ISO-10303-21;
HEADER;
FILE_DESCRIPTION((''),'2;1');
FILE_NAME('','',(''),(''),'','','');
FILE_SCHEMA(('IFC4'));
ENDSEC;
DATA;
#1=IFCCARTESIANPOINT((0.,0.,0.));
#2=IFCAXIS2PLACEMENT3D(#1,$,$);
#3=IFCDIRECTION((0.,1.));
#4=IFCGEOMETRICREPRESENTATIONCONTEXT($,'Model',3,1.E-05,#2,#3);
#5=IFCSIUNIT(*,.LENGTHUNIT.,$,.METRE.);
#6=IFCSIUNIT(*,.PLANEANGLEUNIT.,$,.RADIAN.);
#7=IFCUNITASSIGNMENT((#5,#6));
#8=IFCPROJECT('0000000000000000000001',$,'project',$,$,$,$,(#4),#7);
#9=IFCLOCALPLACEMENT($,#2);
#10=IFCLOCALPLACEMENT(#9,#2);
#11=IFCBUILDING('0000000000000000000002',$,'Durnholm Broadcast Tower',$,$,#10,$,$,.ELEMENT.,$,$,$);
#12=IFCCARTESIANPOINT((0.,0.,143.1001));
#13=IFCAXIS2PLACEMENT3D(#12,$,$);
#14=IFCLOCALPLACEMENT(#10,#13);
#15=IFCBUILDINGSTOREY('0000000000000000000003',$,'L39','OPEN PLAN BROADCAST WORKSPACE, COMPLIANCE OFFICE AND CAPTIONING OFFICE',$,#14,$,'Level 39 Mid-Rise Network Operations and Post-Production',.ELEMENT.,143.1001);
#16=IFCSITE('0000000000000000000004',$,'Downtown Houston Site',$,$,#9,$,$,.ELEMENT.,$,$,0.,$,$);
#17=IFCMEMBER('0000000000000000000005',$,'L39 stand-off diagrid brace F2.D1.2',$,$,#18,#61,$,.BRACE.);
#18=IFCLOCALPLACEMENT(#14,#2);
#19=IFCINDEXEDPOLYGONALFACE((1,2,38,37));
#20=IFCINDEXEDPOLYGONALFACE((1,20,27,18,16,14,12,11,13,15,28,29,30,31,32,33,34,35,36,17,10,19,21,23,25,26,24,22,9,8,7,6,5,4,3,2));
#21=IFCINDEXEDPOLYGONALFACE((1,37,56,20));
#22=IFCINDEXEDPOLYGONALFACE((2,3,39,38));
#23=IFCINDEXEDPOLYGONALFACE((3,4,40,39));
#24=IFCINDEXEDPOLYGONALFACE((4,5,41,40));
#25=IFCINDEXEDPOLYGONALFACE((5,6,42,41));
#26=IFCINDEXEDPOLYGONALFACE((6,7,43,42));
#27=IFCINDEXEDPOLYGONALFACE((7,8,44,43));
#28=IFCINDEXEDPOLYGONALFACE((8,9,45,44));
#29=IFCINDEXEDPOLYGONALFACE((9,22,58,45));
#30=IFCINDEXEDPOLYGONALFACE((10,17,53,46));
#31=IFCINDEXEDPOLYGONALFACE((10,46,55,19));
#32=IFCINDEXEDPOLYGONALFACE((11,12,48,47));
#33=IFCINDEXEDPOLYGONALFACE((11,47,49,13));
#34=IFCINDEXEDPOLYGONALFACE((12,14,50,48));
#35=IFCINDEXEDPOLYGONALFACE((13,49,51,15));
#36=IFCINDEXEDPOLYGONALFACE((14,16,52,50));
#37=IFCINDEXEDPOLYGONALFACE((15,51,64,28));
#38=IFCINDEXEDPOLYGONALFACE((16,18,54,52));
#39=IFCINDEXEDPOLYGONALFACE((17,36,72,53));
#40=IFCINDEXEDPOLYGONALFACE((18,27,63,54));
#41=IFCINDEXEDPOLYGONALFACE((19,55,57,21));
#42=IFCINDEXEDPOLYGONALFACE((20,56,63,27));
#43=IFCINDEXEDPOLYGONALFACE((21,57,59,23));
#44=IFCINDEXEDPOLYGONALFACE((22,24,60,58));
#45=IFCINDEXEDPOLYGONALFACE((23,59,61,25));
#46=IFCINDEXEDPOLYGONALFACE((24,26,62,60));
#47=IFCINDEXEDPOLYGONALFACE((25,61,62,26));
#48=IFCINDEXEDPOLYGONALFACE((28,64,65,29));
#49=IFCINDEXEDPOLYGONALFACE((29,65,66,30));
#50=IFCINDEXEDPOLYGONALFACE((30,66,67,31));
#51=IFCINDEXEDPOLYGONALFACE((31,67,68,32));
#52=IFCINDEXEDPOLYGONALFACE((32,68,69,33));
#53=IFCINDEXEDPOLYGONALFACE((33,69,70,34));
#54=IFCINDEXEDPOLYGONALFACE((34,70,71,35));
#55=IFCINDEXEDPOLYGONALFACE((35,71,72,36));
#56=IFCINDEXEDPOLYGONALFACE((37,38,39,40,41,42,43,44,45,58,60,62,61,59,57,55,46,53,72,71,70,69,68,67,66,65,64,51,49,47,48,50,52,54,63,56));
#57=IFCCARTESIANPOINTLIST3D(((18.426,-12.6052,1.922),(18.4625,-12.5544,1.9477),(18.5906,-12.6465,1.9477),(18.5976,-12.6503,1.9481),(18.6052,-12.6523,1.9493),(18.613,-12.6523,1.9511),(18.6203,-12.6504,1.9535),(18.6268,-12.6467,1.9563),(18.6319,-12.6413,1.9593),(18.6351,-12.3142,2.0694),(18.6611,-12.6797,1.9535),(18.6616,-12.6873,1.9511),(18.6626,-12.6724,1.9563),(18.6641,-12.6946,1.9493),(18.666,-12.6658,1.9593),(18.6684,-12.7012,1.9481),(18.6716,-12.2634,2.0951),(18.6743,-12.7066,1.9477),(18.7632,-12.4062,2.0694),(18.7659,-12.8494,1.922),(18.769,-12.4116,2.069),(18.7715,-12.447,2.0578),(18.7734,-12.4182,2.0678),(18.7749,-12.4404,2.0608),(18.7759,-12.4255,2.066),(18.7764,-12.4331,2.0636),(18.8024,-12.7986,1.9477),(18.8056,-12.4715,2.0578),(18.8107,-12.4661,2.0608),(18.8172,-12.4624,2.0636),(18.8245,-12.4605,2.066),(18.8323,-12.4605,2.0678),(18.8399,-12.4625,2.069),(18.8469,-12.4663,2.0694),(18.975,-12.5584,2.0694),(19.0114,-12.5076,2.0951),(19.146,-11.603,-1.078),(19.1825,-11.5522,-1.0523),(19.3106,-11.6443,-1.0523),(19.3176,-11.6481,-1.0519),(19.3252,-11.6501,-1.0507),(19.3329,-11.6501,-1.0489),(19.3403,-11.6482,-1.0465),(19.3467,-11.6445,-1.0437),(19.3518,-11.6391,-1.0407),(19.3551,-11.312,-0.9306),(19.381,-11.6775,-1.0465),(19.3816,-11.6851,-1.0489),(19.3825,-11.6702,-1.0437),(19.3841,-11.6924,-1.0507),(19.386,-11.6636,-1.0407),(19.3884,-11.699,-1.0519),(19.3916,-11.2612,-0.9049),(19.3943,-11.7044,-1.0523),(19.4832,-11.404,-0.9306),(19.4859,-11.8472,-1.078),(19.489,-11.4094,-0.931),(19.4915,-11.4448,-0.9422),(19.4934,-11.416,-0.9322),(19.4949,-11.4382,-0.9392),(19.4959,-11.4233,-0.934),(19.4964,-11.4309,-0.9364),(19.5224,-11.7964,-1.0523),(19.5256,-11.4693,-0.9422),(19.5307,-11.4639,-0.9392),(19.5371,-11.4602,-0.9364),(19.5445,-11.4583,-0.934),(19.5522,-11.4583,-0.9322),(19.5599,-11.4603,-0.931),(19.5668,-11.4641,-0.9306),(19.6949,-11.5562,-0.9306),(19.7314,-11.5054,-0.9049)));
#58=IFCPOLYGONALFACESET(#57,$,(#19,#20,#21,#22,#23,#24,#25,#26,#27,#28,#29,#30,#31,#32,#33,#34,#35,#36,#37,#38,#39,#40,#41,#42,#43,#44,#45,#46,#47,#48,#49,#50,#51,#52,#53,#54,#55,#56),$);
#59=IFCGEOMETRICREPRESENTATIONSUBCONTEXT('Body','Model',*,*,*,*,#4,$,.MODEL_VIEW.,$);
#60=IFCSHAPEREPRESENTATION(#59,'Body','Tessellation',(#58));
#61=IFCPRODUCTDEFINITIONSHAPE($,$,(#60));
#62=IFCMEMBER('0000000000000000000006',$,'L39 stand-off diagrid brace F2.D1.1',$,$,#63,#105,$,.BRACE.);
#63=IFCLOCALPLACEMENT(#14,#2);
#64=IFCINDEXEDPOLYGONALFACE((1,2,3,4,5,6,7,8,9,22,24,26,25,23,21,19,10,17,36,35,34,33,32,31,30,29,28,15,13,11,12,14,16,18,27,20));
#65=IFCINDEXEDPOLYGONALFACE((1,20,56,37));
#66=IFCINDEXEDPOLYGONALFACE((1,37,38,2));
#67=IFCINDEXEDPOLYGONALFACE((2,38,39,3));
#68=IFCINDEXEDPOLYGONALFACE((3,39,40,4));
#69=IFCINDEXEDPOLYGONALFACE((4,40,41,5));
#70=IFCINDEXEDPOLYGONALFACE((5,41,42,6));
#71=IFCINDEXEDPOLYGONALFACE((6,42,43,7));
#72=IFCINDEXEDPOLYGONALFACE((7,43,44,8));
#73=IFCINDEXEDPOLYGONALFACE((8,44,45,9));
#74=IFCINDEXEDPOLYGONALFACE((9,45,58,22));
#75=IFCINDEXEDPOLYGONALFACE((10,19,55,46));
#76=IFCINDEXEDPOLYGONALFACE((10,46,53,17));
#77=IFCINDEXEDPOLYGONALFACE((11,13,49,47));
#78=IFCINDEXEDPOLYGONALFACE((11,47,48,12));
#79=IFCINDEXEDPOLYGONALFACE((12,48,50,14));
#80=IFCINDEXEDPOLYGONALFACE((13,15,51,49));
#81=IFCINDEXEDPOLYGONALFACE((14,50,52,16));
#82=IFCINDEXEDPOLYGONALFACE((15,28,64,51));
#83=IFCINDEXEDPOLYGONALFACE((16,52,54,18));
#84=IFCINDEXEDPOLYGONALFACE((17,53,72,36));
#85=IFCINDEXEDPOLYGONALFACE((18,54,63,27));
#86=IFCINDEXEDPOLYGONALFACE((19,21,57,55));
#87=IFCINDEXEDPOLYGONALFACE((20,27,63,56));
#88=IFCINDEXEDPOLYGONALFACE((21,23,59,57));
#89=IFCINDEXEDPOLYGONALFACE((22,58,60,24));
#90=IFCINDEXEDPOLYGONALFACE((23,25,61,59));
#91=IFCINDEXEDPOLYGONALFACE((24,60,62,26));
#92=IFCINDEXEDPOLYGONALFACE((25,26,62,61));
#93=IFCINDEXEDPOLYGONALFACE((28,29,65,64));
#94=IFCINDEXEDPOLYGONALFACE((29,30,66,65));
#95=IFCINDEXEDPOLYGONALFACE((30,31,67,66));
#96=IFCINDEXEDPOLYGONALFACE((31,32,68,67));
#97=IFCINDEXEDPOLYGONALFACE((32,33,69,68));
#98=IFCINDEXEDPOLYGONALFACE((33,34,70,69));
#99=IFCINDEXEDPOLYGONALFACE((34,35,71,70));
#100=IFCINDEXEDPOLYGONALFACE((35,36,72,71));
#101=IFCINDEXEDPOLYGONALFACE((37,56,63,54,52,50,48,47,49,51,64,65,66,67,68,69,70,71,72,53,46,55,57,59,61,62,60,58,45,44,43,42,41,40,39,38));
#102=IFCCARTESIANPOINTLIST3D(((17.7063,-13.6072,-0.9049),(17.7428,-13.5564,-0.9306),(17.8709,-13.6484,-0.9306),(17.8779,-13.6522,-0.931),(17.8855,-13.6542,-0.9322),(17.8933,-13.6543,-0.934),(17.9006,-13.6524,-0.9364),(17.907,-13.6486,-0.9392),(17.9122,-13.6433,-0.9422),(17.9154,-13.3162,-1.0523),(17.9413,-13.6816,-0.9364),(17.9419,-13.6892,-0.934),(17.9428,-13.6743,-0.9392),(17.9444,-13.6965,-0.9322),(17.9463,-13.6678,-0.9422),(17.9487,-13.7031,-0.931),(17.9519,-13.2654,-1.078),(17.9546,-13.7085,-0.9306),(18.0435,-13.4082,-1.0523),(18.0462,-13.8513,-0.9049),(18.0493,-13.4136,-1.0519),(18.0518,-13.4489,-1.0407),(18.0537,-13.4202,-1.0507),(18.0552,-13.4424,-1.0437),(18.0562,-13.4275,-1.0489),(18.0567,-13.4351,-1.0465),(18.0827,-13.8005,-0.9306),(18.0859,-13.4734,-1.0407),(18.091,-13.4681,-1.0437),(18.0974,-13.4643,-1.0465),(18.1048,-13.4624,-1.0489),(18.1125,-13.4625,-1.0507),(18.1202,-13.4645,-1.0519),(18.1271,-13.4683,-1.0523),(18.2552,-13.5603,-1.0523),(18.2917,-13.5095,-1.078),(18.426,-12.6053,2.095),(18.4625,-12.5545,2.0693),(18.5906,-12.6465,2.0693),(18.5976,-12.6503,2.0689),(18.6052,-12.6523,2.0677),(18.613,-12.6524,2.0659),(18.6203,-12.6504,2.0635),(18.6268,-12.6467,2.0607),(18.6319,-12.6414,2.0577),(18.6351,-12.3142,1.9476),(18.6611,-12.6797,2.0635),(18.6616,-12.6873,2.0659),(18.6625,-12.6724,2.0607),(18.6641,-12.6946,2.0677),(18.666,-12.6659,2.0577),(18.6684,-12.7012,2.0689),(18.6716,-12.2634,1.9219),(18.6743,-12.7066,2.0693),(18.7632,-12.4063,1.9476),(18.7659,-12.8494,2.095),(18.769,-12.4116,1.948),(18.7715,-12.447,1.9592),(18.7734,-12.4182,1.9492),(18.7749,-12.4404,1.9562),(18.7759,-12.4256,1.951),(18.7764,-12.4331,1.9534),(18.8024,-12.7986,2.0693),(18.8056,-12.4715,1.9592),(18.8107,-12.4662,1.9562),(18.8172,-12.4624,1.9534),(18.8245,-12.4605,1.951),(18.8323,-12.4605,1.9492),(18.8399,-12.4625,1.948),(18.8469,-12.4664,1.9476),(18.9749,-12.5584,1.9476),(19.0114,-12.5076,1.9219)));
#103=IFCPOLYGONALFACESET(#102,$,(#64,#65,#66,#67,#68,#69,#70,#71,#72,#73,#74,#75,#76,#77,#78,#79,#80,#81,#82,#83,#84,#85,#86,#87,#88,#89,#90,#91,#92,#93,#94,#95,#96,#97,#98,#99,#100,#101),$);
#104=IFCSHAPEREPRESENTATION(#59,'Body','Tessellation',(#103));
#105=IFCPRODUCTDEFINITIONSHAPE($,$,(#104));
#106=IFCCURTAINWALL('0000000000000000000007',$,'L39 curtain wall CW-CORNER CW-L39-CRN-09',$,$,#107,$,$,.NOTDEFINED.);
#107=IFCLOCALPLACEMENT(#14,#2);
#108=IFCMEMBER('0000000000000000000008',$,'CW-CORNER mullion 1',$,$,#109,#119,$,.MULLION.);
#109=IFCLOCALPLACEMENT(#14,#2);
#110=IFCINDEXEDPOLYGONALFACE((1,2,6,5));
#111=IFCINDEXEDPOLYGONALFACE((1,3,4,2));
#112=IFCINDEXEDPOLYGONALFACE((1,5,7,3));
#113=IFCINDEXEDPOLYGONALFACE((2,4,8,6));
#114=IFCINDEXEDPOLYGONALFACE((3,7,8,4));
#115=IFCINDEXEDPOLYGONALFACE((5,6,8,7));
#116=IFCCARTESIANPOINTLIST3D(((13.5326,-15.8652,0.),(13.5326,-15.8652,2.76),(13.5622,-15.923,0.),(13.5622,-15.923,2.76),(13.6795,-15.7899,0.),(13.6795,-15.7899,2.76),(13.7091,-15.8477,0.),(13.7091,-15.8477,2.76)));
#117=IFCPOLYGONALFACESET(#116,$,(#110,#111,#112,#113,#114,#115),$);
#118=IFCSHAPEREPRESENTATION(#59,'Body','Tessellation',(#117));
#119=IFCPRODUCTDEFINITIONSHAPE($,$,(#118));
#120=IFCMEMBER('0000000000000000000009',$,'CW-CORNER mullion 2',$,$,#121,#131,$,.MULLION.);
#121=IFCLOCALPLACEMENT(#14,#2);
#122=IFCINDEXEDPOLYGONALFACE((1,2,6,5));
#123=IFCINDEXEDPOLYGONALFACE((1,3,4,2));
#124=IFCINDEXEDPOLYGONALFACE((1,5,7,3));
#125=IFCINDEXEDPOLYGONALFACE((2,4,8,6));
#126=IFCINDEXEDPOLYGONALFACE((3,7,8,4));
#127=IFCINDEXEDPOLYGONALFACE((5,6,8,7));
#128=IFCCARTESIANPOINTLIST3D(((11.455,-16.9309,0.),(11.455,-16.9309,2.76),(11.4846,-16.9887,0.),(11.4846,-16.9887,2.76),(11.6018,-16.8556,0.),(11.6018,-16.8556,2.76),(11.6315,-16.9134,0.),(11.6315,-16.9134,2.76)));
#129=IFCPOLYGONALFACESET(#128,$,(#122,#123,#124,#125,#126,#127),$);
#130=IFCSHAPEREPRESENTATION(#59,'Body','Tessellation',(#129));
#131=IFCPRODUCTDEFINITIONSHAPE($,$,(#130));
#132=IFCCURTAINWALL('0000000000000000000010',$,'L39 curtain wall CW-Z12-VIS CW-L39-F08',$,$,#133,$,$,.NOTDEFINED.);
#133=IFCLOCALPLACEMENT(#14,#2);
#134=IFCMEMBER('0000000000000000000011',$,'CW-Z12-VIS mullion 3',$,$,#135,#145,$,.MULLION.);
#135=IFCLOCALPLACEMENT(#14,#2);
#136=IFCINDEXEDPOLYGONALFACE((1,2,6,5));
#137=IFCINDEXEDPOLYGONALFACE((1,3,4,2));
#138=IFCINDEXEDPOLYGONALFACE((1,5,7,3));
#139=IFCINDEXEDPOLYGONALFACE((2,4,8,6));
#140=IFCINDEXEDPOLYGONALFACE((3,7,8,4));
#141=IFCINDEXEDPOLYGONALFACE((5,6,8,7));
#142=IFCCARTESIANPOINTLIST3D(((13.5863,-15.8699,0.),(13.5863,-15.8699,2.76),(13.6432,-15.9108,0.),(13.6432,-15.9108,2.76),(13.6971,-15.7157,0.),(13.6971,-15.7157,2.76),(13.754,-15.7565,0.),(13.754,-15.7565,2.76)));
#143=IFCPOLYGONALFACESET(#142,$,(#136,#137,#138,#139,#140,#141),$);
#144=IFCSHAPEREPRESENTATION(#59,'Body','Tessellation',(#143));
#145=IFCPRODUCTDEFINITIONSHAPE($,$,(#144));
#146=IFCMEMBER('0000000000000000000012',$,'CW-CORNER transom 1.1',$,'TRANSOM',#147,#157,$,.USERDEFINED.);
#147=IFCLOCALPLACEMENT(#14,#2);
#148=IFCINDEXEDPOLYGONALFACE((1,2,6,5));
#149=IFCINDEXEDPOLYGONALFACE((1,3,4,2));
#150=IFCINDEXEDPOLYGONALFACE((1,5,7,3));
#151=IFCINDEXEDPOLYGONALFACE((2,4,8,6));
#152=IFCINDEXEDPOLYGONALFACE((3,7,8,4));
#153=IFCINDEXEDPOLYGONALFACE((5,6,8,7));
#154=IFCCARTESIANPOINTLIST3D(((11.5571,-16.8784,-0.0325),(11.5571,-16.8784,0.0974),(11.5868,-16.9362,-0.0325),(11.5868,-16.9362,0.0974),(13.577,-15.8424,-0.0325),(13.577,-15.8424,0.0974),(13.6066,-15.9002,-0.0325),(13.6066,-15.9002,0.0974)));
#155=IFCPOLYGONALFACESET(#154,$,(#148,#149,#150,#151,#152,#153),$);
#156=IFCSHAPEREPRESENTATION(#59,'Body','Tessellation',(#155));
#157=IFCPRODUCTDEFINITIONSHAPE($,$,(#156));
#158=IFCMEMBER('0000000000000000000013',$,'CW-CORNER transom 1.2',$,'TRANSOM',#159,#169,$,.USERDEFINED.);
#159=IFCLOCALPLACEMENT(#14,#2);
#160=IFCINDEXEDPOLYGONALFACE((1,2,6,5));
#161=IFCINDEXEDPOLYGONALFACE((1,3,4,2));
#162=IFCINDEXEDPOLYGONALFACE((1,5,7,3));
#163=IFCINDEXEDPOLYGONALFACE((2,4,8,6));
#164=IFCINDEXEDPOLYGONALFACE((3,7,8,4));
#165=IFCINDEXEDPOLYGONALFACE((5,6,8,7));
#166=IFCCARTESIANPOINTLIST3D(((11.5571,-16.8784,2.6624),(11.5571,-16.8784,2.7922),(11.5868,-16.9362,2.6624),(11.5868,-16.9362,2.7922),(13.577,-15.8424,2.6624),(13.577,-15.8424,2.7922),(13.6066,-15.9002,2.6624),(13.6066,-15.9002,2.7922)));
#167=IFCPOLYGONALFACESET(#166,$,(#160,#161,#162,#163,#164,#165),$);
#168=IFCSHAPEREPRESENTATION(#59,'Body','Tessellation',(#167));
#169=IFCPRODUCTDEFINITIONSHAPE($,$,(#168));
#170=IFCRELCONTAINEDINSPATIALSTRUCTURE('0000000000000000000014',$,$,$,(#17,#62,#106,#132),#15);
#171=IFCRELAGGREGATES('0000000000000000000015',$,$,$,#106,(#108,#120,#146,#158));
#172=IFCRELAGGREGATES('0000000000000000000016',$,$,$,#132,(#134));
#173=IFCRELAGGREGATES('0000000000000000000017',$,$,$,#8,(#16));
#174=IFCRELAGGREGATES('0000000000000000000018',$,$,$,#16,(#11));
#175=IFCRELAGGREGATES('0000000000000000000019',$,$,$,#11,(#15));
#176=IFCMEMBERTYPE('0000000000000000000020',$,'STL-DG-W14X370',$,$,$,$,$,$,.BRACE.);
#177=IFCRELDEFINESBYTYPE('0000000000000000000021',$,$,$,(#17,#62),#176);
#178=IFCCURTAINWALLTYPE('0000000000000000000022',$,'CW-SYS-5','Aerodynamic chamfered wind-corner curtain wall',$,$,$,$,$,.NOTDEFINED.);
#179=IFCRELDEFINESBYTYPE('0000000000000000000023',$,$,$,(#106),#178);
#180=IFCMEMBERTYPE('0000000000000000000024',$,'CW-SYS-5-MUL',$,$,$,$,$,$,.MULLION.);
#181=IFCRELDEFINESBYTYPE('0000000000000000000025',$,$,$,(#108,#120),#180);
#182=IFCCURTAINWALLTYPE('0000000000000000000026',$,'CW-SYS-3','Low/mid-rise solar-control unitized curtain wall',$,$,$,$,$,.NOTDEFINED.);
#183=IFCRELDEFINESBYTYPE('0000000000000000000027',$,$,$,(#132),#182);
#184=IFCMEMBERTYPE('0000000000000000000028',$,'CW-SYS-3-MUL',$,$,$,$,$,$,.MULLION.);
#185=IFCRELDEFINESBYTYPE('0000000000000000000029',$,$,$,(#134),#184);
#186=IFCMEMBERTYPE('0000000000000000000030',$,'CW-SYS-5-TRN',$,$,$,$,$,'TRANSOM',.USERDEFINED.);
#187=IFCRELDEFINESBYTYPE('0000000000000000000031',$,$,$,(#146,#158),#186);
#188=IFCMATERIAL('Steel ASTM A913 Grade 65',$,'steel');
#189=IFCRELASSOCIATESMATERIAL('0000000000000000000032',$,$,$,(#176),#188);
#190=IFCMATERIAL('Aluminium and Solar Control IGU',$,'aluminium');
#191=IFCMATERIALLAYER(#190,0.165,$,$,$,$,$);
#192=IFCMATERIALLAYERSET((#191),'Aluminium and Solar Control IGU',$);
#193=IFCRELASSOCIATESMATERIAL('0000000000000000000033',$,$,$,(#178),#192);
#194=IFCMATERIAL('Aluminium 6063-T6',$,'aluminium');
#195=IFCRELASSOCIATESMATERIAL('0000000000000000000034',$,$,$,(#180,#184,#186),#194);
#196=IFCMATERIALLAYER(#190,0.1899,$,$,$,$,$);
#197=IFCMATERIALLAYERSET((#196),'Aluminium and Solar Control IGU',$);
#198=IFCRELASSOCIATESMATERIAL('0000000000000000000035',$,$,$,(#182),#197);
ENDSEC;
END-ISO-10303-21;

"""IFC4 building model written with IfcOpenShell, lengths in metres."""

from ifc_helpers import new_model, si_unit, direction, frame, origin, origin_2d, place, context, subcontext, project, spatial, rectangle, i_section, extrude, source, transform, mapped, material, layer, layer_set, material_profile, profile_set, type_object, type_shapes, element, aggregate, save


model = new_model("IFC4")

# Units and contexts
model_context = context("Model", 3, precision=1e-05, world=origin(), true_north=direction((0.0, 1.0)))
body_context = subcontext(model_context, "Body", "Model", "MODEL_VIEW")
ifc_project = project(units=[si_unit("LENGTHUNIT", "METRE"), si_unit("PLANEANGLEUNIT", "RADIAN")], contexts=[model_context])

# Site, building, storey
site_placement = place(None, origin())
site = spatial("IfcSite", under=ifc_project, at=site_placement, Name="Downtown Houston Site", CompositionType="ELEMENT", RefElevation=0.0)
building_placement = place(site_placement, origin())
building = spatial("IfcBuilding", under=site, at=building_placement, Name="Durnholm Broadcast Tower", CompositionType="ELEMENT")
storey_placement = place(building_placement, frame((0.0, 0.0, 143.1001)))
storey = spatial("IfcBuildingStorey", under=building, at=storey_placement, Name="L39", Description="OPEN PLAN BROADCAST WORKSPACE, COMPLIANCE OFFICE AND CAPTIONING OFFICE", LongName="Level 39 Mid-Rise Network Operations and Post-Production", CompositionType="ELEMENT", Elevation=143.1001)

# Members
ifc_material_1 = material(Name="Steel ASTM A913 Grade 65", Category="steel")
ifc_material_profile_1 = material_profile(ifc_material_1, i_section(OverallWidth=0.4185, OverallDepth=0.4551, WebThickness=0.042, FlangeThickness=0.0676, FilletRadius=0.0305, at=origin_2d()), Name="W14X370")
ifc_profile_set_1 = profile_set([ifc_material_profile_1], Name="Steel ASTM A913 Grade 65")
member_type_1 = type_object("IfcMemberType", Name="STL-DG-W14X370", PredefinedType="BRACE", material=ifc_profile_set_1)
shared_shape_1 = source(origin(), body_context, "Body", "SweptSolid", [
    extrude(i_section(OverallWidth=0.4185, OverallDepth=0.4551, WebThickness=0.042, FlangeThickness=0.0676, FilletRadius=0.0305, at=origin_2d()), origin(), (0.0, 0.0, 1.0), 3.2439),
])
member_1_placement = place(storey_placement, frame((19.4387, -11.5542, -0.9915), z_axis=(-0.221947, -0.30895, 0.924818), x_axis=(0.812153, -0.583444, 0.0)))
element("IfcMember", 1, at=member_1_placement, inside=storey, type_object=member_type_1, Name="L39 stand-off diagrid brace F2.D1.2", PredefinedType="BRACE", context=body_context, shape_type="MappedRepresentation", body=[
    mapped(shared_shape_1, transform((0.0, 0.0, 0.0), x_axis=(1.0, 0.0, 0.0), y_axis=(0.0, 1.0, 0.0), z_axis=(0.0, 0.0, 1.0), scale=1.0)),
])
shared_shape_2 = source(origin(), body_context, "Body", "SweptSolid", [
    extrude(i_section(OverallWidth=0.4185, OverallDepth=0.4551, WebThickness=0.042, FlangeThickness=0.0676, FilletRadius=0.0305, at=origin_2d()), origin(), (0.0, 0.0, 1.0), 3.2437),
])
type_shapes(member_type_1, [shared_shape_1, shared_shape_2])
member_2_placement = place(storey_placement, frame((17.999, -13.5583, -0.9915), z_axis=(0.221881, 0.308887, 0.924855), x_axis=(-0.812179, 0.583408, 0.0)))
element("IfcMember", 2, at=member_2_placement, inside=storey, type_object=member_type_1, Name="L39 stand-off diagrid brace F2.D1.1", PredefinedType="BRACE", context=body_context, shape_type="MappedRepresentation", body=[
    mapped(shared_shape_2, transform((0.0, 0.0, 0.0), x_axis=(1.0, 0.0, 0.0), y_axis=(0.0, 1.0, 0.0), z_axis=(0.0, 0.0, 1.0), scale=1.0)),
])

# Curtain wall, members
ifc_material_2 = material(Name="Aluminium and Solar Control IGU", Category="aluminium")
ifc_layer_1 = layer(ifc_material_2, 0.165)
ifc_layer_set_1 = layer_set([ifc_layer_1], Name="Aluminium and Solar Control IGU")
curtain_wall_type_1 = type_object("IfcCurtainWallType", Name="CW-SYS-5", Description="Aerodynamic chamfered wind-corner curtain wall", PredefinedType="NOTDEFINED", material=ifc_layer_set_1)
curtain_wall_1_placement = place(storey_placement, origin())
curtain_wall_1 = element("IfcCurtainWall", 3, at=curtain_wall_1_placement, inside=storey, type_object=curtain_wall_type_1, Name="L39 curtain wall CW-CORNER CW-L39-CRN-09", PredefinedType="NOTDEFINED")
ifc_material_3 = material(Name="Aluminium 6063-T6", Category="aluminium")
ifc_material_profile_2 = material_profile(ifc_material_3, rectangle(XDim=0.0649, YDim=0.165, at=origin_2d()), Name="CWM65X165")
ifc_profile_set_2 = profile_set([ifc_material_profile_2], Name="Aluminium 6063-T6")
member_type_2 = type_object("IfcMemberType", Name="CW-SYS-5-MUL", PredefinedType="MULLION", material=ifc_profile_set_2)
shared_shape_3 = source(origin(), body_context, "Body", "SweptSolid", [
    extrude(rectangle(XDim=0.0649, YDim=0.165, at=origin_2d()), origin(), (0.0, 0.0, 1.0), 2.76),
])
type_shapes(member_type_2, [shared_shape_3])
member_3_placement = place(storey_placement, frame((13.6208, -15.8564, 0.0), z_axis=(0.0, 0.0, 1.0), x_axis=(0.456373, -0.889788, 0.0)))
member_3 = element("IfcMember", 4, at=member_3_placement, type_object=member_type_2, Name="CW-CORNER mullion 1", PredefinedType="MULLION", context=body_context, shape_type="MappedRepresentation", body=[
    mapped(shared_shape_3, transform((0.0, 0.0, 0.0), x_axis=(1.0, 0.0, 0.0), y_axis=(0.0, 1.0, 0.0), z_axis=(0.0, 0.0, 1.0), scale=1.0)),
])
member_4_placement = place(storey_placement, frame((11.5432, -16.9221, 0.0), z_axis=(0.0, 0.0, 1.0), x_axis=(0.456373, -0.889788, 0.0)))
member_4 = element("IfcMember", 5, at=member_4_placement, type_object=member_type_2, Name="CW-CORNER mullion 2", PredefinedType="MULLION", context=body_context, shape_type="MappedRepresentation", body=[
    mapped(shared_shape_3, transform((0.0, 0.0, 0.0), x_axis=(1.0, 0.0, 0.0), y_axis=(0.0, 1.0, 0.0), z_axis=(0.0, 0.0, 1.0), scale=1.0)),
])

# Curtain wall, member
ifc_layer_2 = layer(ifc_material_2, 0.1899)
ifc_layer_set_2 = layer_set([ifc_layer_2], Name="Aluminium and Solar Control IGU")
curtain_wall_type_2 = type_object("IfcCurtainWallType", Name="CW-SYS-3", Description="Low/mid-rise solar-control unitized curtain wall", PredefinedType="NOTDEFINED", material=ifc_layer_set_2)
curtain_wall_2_placement = place(storey_placement, origin())
curtain_wall_2 = element("IfcCurtainWall", 6, at=curtain_wall_2_placement, inside=storey, type_object=curtain_wall_type_2, Name="L39 curtain wall CW-Z12-VIS CW-L39-F08", PredefinedType="NOTDEFINED")
ifc_material_profile_3 = material_profile(ifc_material_3, rectangle(XDim=0.0701, YDim=0.1899, at=origin_2d()), Name="CWM70X190")
ifc_profile_set_3 = profile_set([ifc_material_profile_3], Name="Aluminium 6063-T6")
member_type_3 = type_object("IfcMemberType", Name="CW-SYS-3-MUL", PredefinedType="MULLION", material=ifc_profile_set_3)
shared_shape_4 = source(origin(), body_context, "Body", "SweptSolid", [
    extrude(rectangle(XDim=0.0701, YDim=0.1899, at=origin_2d()), origin(), (0.0, 0.0, 1.0), 2.76),
])
type_shapes(member_type_3, [shared_shape_4])
member_5_placement = place(storey_placement, frame((13.6702, -15.8132, 0.0), z_axis=(0.0, 0.0, 1.0), x_axis=(0.812152, -0.583445, 0.0)))
member_5 = element("IfcMember", 7, at=member_5_placement, type_object=member_type_3, Name="CW-Z12-VIS mullion 3", PredefinedType="MULLION", context=body_context, shape_type="MappedRepresentation", body=[
    mapped(shared_shape_4, transform((0.0, 0.0, 0.0), x_axis=(1.0, 0.0, 0.0), y_axis=(0.0, 1.0, 0.0), z_axis=(0.0, 0.0, 1.0), scale=1.0)),
])

# Members
ifc_material_profile_4 = material_profile(ifc_material_3, rectangle(XDim=0.0649, YDim=0.1299, at=origin_2d()), Name="CWT65X130")
ifc_profile_set_4 = profile_set([ifc_material_profile_4], Name="Aluminium 6063-T6")
member_type_4 = type_object("IfcMemberType", Name="CW-SYS-5-TRN", ElementType="TRANSOM", PredefinedType="USERDEFINED", material=ifc_profile_set_4)
shared_shape_5 = source(origin(), body_context, "Body", "SweptSolid", [
    extrude(rectangle(XDim=0.0649, YDim=0.1299, at=origin_2d()), origin(), (0.0, 0.0, 1.0), 2.27),
])
type_shapes(member_type_4, [shared_shape_5])
member_6_placement = place(storey_placement, frame((13.5918, -15.8713, 0.0325), z_axis=(-0.889798, -0.456354, 0.0), x_axis=(0.456354, -0.889798, 0.0)))
member_6 = element("IfcMember", 8, at=member_6_placement, type_object=member_type_4, Name="CW-CORNER transom 1.1", ObjectType="TRANSOM", PredefinedType="USERDEFINED", context=body_context, shape_type="MappedRepresentation", body=[
    mapped(shared_shape_5, transform((0.0, 0.0, 0.0), x_axis=(1.0, 0.0, 0.0), y_axis=(0.0, 1.0, 0.0), z_axis=(0.0, 0.0, 1.0), scale=1.0)),
])
member_7_placement = place(storey_placement, frame((13.5918, -15.8713, 2.7273), z_axis=(-0.889798, -0.456354, 0.0), x_axis=(0.456354, -0.889798, 0.0)))
member_7 = element("IfcMember", 9, at=member_7_placement, type_object=member_type_4, Name="CW-CORNER transom 1.2", ObjectType="TRANSOM", PredefinedType="USERDEFINED", context=body_context, shape_type="MappedRepresentation", body=[
    mapped(shared_shape_5, transform((0.0, 0.0, 0.0), x_axis=(1.0, 0.0, 0.0), y_axis=(0.0, 1.0, 0.0), z_axis=(0.0, 0.0, 1.0), scale=1.0)),
])

aggregate(curtain_wall_1, [member_3, member_4, member_6, member_7])
aggregate(curtain_wall_2, [member_5])

save(model, "model.ifc")
